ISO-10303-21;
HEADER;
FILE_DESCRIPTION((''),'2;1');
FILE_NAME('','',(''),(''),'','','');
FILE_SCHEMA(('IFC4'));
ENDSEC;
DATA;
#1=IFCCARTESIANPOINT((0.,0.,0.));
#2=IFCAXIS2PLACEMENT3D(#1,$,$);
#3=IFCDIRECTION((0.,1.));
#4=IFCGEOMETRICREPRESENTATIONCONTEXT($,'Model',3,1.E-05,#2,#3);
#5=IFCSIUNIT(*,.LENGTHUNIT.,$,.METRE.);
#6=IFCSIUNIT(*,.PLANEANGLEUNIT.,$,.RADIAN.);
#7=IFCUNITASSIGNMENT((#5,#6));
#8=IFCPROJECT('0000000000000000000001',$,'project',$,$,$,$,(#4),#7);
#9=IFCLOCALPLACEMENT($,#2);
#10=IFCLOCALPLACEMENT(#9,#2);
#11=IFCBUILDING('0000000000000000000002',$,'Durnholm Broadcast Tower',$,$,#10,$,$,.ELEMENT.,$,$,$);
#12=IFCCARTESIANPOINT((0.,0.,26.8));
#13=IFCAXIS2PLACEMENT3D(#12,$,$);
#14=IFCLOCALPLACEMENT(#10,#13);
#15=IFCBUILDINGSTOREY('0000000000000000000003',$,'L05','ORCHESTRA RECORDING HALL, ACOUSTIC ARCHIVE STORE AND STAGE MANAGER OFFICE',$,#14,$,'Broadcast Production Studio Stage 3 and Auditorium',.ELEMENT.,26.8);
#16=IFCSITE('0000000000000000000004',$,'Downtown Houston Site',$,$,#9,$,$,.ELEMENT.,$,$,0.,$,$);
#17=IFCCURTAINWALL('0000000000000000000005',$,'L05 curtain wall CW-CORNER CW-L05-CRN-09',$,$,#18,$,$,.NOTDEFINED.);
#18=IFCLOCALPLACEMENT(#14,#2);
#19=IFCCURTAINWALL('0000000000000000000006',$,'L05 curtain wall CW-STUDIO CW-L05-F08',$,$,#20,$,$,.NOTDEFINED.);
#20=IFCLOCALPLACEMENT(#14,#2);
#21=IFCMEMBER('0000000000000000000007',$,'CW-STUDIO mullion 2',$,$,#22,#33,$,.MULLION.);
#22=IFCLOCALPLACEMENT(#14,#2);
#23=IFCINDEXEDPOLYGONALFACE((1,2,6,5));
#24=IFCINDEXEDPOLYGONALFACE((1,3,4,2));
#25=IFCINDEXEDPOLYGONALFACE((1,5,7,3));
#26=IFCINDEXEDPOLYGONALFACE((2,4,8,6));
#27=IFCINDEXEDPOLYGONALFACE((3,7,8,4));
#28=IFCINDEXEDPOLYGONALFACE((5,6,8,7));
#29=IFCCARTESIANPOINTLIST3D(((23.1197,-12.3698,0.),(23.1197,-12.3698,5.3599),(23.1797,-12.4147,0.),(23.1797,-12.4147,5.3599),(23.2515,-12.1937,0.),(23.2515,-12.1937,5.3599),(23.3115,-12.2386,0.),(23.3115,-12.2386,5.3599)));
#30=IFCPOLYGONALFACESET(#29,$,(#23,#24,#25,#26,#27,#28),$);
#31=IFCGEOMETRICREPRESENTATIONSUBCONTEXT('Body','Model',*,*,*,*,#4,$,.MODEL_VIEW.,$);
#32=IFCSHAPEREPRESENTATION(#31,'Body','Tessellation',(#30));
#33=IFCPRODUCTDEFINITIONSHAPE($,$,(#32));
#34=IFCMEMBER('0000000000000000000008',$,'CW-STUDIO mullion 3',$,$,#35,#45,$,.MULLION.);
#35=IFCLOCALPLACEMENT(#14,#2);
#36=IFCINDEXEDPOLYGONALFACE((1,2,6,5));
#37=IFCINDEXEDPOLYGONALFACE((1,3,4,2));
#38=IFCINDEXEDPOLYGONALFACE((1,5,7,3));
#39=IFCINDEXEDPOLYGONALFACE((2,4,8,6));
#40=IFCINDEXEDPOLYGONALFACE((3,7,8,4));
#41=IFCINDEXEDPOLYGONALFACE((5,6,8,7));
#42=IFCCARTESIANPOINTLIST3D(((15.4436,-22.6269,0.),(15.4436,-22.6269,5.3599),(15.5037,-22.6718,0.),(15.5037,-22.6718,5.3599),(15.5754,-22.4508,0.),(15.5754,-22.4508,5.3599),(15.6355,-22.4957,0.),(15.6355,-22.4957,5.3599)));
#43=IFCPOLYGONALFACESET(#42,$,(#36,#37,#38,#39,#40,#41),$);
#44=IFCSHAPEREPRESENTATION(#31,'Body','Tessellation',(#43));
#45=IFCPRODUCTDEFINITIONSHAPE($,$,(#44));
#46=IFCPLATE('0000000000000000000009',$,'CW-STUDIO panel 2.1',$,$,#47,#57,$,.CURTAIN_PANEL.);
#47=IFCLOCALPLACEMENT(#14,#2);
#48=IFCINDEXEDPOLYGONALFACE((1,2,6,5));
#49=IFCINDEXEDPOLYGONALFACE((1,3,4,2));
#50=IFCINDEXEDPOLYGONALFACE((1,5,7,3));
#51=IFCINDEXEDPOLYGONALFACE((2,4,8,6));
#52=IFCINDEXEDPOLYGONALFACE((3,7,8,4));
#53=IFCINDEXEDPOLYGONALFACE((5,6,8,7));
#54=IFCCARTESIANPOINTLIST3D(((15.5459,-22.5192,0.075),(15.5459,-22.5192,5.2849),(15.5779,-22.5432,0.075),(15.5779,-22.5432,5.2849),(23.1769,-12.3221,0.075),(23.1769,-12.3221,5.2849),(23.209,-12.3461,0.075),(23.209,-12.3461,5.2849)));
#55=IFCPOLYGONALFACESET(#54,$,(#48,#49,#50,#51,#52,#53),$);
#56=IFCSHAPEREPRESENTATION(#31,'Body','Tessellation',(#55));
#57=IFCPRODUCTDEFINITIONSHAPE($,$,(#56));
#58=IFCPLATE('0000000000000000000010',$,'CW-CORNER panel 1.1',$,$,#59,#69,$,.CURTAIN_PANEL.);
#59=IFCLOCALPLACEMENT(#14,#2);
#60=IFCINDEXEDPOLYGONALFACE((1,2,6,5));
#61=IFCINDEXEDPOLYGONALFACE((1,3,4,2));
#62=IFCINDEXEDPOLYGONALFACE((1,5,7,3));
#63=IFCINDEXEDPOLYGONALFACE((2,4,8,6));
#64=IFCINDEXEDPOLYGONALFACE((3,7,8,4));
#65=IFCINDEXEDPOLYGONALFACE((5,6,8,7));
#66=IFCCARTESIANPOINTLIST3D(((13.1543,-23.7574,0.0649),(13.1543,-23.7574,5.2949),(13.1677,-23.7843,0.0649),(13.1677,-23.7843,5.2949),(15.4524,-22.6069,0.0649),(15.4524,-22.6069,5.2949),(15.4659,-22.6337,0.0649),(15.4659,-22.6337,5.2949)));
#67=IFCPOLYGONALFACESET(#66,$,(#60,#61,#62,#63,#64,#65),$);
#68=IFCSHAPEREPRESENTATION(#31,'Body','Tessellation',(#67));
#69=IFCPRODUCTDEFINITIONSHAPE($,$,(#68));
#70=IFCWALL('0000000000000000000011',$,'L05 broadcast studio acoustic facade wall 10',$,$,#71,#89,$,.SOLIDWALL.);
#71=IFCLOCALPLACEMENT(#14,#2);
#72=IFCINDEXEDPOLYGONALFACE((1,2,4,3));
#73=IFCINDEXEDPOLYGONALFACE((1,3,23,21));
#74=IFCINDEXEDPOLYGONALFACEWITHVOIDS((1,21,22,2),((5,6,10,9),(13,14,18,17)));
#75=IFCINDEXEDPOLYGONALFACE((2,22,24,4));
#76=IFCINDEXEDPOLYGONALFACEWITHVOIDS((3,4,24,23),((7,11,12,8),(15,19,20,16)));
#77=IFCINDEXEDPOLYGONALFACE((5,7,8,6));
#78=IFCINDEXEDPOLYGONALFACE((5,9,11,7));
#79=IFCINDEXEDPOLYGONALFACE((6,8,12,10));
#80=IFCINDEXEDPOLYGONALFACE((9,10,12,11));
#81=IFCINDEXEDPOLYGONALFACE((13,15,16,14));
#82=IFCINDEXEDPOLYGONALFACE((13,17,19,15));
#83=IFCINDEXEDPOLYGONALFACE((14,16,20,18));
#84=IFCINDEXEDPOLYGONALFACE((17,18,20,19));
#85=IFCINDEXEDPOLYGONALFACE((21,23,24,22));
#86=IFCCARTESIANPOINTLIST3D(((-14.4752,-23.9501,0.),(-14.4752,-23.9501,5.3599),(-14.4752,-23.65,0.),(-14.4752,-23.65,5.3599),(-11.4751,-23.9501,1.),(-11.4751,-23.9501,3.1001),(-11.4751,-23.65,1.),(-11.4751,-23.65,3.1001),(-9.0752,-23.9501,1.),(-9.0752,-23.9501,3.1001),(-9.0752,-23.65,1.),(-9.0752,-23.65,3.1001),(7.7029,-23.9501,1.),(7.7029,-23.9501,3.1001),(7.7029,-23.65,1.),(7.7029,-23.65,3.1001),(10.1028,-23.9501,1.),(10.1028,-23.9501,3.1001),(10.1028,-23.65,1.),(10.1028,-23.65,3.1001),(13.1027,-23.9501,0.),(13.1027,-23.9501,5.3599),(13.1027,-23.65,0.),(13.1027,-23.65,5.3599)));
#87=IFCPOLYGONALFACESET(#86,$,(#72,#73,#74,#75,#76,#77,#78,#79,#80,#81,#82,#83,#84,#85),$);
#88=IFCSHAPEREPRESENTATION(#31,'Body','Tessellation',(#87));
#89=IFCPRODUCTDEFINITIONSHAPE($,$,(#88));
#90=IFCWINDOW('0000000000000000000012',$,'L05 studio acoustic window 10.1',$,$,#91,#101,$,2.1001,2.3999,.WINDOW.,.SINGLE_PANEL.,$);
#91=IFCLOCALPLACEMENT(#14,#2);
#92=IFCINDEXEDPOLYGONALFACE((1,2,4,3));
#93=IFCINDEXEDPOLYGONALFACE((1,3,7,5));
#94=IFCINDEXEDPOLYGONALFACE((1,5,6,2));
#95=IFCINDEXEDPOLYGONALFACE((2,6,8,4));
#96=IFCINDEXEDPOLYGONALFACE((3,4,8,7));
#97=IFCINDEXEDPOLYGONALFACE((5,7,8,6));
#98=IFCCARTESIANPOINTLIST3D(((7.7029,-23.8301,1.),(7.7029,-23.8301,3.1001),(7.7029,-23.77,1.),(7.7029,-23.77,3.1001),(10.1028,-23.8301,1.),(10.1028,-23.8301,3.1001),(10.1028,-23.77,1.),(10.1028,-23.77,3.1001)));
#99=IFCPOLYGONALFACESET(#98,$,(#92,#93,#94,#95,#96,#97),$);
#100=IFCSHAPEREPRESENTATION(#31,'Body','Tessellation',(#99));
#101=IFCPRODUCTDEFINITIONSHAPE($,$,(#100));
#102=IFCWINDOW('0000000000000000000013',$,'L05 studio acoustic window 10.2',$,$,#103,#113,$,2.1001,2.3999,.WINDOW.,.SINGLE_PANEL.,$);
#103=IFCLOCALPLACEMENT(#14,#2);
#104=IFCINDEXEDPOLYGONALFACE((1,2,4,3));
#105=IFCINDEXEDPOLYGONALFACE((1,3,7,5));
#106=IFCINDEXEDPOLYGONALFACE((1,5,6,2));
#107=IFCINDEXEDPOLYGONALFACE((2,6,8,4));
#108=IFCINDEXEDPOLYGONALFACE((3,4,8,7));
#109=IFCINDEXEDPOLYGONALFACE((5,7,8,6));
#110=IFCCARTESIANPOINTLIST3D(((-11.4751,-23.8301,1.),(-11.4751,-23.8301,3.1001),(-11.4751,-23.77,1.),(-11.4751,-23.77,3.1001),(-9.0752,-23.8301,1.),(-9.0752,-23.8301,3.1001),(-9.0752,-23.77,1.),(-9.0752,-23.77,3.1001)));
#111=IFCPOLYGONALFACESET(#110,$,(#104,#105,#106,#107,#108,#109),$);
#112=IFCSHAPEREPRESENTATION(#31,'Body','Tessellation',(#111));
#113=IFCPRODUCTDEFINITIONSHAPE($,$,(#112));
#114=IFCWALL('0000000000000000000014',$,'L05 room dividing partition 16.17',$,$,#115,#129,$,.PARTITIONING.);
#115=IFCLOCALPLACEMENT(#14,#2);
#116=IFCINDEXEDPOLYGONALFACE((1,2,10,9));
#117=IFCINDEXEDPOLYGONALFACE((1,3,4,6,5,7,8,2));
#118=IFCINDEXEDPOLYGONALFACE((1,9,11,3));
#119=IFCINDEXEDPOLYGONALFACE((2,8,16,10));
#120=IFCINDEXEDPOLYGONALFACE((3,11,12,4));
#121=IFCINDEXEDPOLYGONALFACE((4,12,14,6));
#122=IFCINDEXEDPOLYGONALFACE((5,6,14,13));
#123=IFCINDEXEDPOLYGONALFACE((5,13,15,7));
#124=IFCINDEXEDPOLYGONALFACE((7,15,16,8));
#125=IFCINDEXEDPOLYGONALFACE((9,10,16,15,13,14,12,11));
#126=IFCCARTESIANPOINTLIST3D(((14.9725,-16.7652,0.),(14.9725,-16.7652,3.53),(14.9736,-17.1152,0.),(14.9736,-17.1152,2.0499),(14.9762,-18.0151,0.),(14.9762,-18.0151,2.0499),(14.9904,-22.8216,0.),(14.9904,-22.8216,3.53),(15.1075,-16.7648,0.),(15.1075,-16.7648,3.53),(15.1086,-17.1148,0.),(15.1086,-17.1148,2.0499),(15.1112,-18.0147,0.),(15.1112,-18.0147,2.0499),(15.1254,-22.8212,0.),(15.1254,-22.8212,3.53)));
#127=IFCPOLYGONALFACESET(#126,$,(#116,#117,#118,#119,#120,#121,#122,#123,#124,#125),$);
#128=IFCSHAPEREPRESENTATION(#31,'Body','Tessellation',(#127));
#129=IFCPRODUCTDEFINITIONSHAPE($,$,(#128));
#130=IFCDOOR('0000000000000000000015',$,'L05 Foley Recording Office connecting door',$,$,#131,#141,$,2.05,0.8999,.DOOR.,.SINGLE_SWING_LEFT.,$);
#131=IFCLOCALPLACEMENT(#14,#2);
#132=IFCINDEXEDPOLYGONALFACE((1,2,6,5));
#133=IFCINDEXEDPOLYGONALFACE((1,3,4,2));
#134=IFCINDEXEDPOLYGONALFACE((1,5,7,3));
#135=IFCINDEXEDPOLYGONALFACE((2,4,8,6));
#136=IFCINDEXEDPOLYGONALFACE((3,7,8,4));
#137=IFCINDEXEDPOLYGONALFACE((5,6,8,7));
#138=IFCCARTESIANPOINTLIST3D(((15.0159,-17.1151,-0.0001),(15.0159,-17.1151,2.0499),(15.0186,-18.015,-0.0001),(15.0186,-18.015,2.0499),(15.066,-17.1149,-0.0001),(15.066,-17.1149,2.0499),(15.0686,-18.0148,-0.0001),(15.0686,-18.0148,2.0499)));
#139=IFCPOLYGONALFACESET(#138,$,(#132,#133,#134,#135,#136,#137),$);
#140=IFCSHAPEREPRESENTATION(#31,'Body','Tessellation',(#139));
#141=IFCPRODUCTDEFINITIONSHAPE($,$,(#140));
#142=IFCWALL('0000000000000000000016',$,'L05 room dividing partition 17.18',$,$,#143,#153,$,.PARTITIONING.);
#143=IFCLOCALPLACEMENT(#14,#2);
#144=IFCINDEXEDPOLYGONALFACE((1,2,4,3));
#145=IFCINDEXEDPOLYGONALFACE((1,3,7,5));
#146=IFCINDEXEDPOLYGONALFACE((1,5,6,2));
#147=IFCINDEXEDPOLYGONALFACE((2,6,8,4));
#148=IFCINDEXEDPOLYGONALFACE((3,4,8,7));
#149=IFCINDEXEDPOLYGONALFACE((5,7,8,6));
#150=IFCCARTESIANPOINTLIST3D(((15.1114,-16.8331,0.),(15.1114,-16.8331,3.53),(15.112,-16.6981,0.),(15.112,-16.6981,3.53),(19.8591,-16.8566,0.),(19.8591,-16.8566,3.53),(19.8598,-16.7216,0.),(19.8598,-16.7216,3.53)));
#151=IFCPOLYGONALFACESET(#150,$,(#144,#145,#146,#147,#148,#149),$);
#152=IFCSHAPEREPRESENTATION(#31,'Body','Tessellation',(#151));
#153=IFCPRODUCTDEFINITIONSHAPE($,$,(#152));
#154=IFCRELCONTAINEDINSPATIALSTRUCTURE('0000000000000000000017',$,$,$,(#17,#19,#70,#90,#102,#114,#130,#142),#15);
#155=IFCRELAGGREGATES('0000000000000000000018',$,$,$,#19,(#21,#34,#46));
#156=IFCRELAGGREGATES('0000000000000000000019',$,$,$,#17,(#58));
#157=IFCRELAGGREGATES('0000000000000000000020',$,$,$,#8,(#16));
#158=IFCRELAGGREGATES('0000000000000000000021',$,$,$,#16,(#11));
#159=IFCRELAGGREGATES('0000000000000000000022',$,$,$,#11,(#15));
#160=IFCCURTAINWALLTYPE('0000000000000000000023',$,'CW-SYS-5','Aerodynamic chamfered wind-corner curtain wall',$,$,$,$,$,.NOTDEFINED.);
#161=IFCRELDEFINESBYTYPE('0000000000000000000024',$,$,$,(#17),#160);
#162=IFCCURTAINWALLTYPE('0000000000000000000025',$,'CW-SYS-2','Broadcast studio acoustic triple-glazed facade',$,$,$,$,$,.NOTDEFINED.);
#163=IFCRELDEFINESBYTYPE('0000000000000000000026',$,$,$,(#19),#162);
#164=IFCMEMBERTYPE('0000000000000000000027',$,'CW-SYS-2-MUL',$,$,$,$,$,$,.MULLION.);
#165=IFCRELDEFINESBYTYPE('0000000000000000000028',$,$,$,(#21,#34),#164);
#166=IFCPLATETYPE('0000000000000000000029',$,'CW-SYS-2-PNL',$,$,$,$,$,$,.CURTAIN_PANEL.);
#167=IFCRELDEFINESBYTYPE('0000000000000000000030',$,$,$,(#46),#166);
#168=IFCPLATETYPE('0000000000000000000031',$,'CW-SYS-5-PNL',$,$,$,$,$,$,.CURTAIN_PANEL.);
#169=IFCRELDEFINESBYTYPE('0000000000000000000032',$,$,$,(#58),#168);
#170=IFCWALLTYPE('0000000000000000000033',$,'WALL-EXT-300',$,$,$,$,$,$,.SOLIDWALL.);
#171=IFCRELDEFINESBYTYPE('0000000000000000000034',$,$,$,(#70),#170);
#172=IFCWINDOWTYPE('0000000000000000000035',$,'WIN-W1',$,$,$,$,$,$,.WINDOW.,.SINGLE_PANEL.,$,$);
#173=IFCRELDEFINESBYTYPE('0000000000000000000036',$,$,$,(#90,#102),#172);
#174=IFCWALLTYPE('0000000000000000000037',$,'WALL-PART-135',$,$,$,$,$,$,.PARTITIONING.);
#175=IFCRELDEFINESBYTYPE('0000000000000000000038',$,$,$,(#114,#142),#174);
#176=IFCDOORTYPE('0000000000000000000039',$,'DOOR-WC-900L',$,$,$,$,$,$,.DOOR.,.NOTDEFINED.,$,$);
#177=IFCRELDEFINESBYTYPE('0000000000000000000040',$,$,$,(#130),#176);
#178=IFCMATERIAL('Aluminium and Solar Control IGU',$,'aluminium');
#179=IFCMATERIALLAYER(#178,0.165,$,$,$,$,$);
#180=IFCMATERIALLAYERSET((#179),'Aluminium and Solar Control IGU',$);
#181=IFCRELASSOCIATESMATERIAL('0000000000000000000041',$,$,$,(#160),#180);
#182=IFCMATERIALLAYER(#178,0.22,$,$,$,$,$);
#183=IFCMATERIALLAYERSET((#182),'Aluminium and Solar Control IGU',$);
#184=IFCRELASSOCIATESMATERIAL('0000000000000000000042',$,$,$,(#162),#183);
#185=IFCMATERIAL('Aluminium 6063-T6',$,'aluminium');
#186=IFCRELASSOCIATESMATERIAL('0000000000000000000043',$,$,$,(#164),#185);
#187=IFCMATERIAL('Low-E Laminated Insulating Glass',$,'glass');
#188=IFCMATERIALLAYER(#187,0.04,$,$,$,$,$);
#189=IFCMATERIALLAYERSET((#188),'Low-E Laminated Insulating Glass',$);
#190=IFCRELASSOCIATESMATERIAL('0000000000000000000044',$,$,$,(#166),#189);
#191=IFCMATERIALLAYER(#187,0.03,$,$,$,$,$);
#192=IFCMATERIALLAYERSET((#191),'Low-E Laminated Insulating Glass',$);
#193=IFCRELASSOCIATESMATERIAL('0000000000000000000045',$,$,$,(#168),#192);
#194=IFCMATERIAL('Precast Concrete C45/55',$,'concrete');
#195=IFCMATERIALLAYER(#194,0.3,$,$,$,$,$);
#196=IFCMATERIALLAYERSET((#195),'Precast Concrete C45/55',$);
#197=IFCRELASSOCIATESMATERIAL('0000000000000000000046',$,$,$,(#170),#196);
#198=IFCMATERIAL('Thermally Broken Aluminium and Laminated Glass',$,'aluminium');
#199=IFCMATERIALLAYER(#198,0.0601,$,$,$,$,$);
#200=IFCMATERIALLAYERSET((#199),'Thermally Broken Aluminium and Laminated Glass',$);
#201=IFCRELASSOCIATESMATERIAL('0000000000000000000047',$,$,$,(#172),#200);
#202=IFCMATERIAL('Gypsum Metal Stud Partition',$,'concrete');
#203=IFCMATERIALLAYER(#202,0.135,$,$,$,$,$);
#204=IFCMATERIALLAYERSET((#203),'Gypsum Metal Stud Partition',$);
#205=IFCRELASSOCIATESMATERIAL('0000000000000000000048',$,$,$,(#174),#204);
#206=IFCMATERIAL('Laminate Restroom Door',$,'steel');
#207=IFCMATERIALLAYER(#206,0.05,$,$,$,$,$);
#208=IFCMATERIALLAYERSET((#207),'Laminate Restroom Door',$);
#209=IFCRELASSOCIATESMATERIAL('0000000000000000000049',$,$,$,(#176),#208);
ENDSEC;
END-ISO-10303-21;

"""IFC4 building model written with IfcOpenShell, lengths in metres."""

from ifc_helpers import new_model, si_unit, direction, frame, frame_2d, origin, origin_2d, place, context, subcontext, project, spatial, rectangle, extrude, source, transform, mapped, material, layer, layer_set, material_profile, profile_set, type_object, type_shapes, element, fill, aggregate, save


model = new_model("IFC4")

# Units and contexts
model_context = context("Model", 3, precision=1e-05, world=origin(), true_north=direction((0.0, 1.0)))
body_context = subcontext(model_context, "Body", "Model", "MODEL_VIEW")
ifc_project = project(units=[si_unit("LENGTHUNIT", "METRE"), si_unit("PLANEANGLEUNIT", "RADIAN")], contexts=[model_context])

# Site, building, storey
site_placement = place(None, origin())
site = spatial("IfcSite", under=ifc_project, at=site_placement, Name="Downtown Houston Site", CompositionType="ELEMENT", RefElevation=0.0)
building_placement = place(site_placement, origin())
building = spatial("IfcBuilding", under=site, at=building_placement, Name="Durnholm Broadcast Tower", CompositionType="ELEMENT")
storey_placement = place(building_placement, frame((0.0, 0.0, 26.8)))
storey = spatial("IfcBuildingStorey", under=building, at=storey_placement, Name="L05", Description="ORCHESTRA RECORDING HALL, ACOUSTIC ARCHIVE STORE AND STAGE MANAGER OFFICE", LongName="Broadcast Production Studio Stage 3 and Auditorium", CompositionType="ELEMENT", Elevation=26.8)

# Curtain walls
ifc_material_1 = material(Name="Aluminium and Solar Control IGU", Category="aluminium")
ifc_layer_1 = layer(ifc_material_1, 0.165)
ifc_layer_set_1 = layer_set([ifc_layer_1], Name="Aluminium and Solar Control IGU")
curtain_wall_type_1 = type_object("IfcCurtainWallType", Name="CW-SYS-5", Description="Aerodynamic chamfered wind-corner curtain wall", PredefinedType="NOTDEFINED", material=ifc_layer_set_1)
curtain_wall_1_placement = place(storey_placement, origin())
curtain_wall_1 = element("IfcCurtainWall", 1, at=curtain_wall_1_placement, inside=storey, type_object=curtain_wall_type_1, Name="L05 curtain wall CW-CORNER CW-L05-CRN-09", PredefinedType="NOTDEFINED")
ifc_material_2 = material(Name="Aluminium 6063-T6", Category="aluminium")
ifc_layer_2 = layer(ifc_material_1, 0.22)
ifc_layer_set_2 = layer_set([ifc_layer_2], Name="Aluminium and Solar Control IGU")
curtain_wall_type_2 = type_object("IfcCurtainWallType", Name="CW-SYS-2", Description="Broadcast studio acoustic triple-glazed facade", PredefinedType="NOTDEFINED", material=ifc_layer_set_2)
curtain_wall_2_placement = place(storey_placement, origin())
curtain_wall_2 = element("IfcCurtainWall", 2, at=curtain_wall_2_placement, inside=storey, type_object=curtain_wall_type_2, Name="L05 curtain wall CW-STUDIO CW-L05-F08", PredefinedType="NOTDEFINED")

# Members
ifc_material_profile_1 = material_profile(ifc_material_2, rectangle(XDim=0.075, YDim=0.22, at=origin_2d()), Name="CWM75X220")
ifc_profile_set_1 = profile_set([ifc_material_profile_1], Name="Aluminium 6063-T6")
member_type_1 = type_object("IfcMemberType", Name="CW-SYS-2-MUL", PredefinedType="MULLION", material=ifc_profile_set_1)
shared_shape_1 = source(origin(), body_context, "Body", "SweptSolid", [
    extrude(rectangle(XDim=0.075, YDim=0.22, at=origin_2d()), origin(), (0.0, 0.0, 1.0), 5.3599),
])
type_shapes(member_type_1, [shared_shape_1])
member_1_placement = place(storey_placement, frame((23.2156, -12.3042, 0.0), z_axis=(0.0, 0.0, 1.0), x_axis=(0.800632, -0.599157, 0.0)))
member_1 = element("IfcMember", 3, at=member_1_placement, type_object=member_type_1, Name="CW-STUDIO mullion 2", PredefinedType="MULLION", context=body_context, shape_type="MappedRepresentation", body=[
    mapped(shared_shape_1, transform((0.0, 0.0, 0.0), x_axis=(1.0, 0.0, 0.0), y_axis=(0.0, 1.0, 0.0), z_axis=(0.0, 0.0, 1.0), scale=1.0)),
])
member_2_placement = place(storey_placement, frame((15.5396, -22.5613, 0.0), z_axis=(0.0, 0.0, 1.0), x_axis=(0.800632, -0.599157, 0.0)))
member_2 = element("IfcMember", 4, at=member_2_placement, type_object=member_type_1, Name="CW-STUDIO mullion 3", PredefinedType="MULLION", context=body_context, shape_type="MappedRepresentation", body=[
    mapped(shared_shape_1, transform((0.0, 0.0, 0.0), x_axis=(1.0, 0.0, 0.0), y_axis=(0.0, 1.0, 0.0), z_axis=(0.0, 0.0, 1.0), scale=1.0)),
])

# Plates
ifc_material_3 = material(Name="Low-E Laminated Insulating Glass", Category="glass")
ifc_layer_3 = layer(ifc_material_3, 0.04)
ifc_layer_set_3 = layer_set([ifc_layer_3], Name="Low-E Laminated Insulating Glass")
plate_type_1 = type_object("IfcPlateType", Name="CW-SYS-2-PNL", PredefinedType="CURTAIN_PANEL", material=ifc_layer_set_3)
shared_shape_2 = source(origin(), body_context, "Body", "SweptSolid", [
    extrude(rectangle(XDim=12.7363, YDim=0.04, at=origin_2d()), origin(), (0.0, 0.0, 1.0), 5.21),
])
type_shapes(plate_type_1, [shared_shape_2])
plate_1_placement = place(storey_placement, frame((19.3774, -17.4326, 0.075), z_axis=(0.0, 0.0, 1.0), x_axis=(-0.599157, -0.800632, 0.0)))
plate_1 = element("IfcPlate", 5, at=plate_1_placement, type_object=plate_type_1, Name="CW-STUDIO panel 2.1", PredefinedType="CURTAIN_PANEL", context=body_context, shape_type="MappedRepresentation", body=[
    mapped(shared_shape_2, transform((0.0, 0.0, 0.0), x_axis=(1.0, 0.0, 0.0), y_axis=(0.0, 1.0, 0.0), z_axis=(0.0, 0.0, 1.0), scale=1.0)),
])
aggregate(curtain_wall_2, [member_1, member_2, plate_1])
ifc_layer_4 = layer(ifc_material_3, 0.03)
ifc_layer_set_4 = layer_set([ifc_layer_4], Name="Low-E Laminated Insulating Glass")
plate_type_2 = type_object("IfcPlateType", Name="CW-SYS-5-PNL", PredefinedType="CURTAIN_PANEL", material=ifc_layer_set_4)
shared_shape_3 = source(origin(), body_context, "Body", "SweptSolid", [
    extrude(rectangle(XDim=2.5701, YDim=0.03, at=origin_2d()), origin(), (0.0, 0.0, 1.0), 5.23),
])
type_shapes(plate_type_2, [shared_shape_3])
plate_2_placement = place(storey_placement, frame((14.3101, -23.1956, 0.0649), z_axis=(0.0, 0.0, 1.0), x_axis=(-0.894197, -0.447673, 0.0)))
plate_2 = element("IfcPlate", 6, at=plate_2_placement, type_object=plate_type_2, Name="CW-CORNER panel 1.1", PredefinedType="CURTAIN_PANEL", context=body_context, shape_type="MappedRepresentation", body=[
    mapped(shared_shape_3, transform((0.0, 0.0, 0.0), x_axis=(1.0, 0.0, 0.0), y_axis=(0.0, 1.0, 0.0), z_axis=(0.0, 0.0, 1.0), scale=1.0)),
])
aggregate(curtain_wall_1, [plate_2])

# Wall, openings, windows
ifc_material_4 = material(Name="Precast Concrete C45/55", Category="concrete")
ifc_layer_5 = layer(ifc_material_4, 0.3)
ifc_layer_set_5 = layer_set([ifc_layer_5], Name="Precast Concrete C45/55")
wall_type_1 = type_object("IfcWallType", Name="WALL-EXT-300", PredefinedType="SOLIDWALL", material=ifc_layer_set_5)
wall_1_placement = place(storey_placement, frame((13.1028, -23.8, 0.0), z_axis=(0.0, 0.0, 1.0), x_axis=(-1.0, 0.0, 0.0)))
wall_1 = element("IfcWall", 7, at=wall_1_placement, inside=storey, type_object=wall_type_1, Name="L05 broadcast studio acoustic facade wall 10", PredefinedType="SOLIDWALL", context=body_context, shape_type="SweptSolid", body=[
    extrude(rectangle(XDim=27.5779, YDim=0.3, at=frame_2d((13.7891, 0.0))), origin(), (0.0, 0.0, 1.0), 5.3599),
])
opening_1_placement = place(wall_1_placement, frame((3.0, 0.0, 1.0)))
opening_1 = element("IfcOpeningElement", 8, at=opening_1_placement, cuts=wall_1, PredefinedType="OPENING", context=body_context, shape_type="SweptSolid", body=[
    extrude(rectangle(XDim=2.3999, YDim=2.1001, at=frame_2d((1.2, 1.05))), frame((0.0, 0.1602, 0.0), z_axis=(0.0, -1.0, 0.0), x_axis=(1.0, 0.0, 0.0)), (0.0, 0.0, 1.0), 0.3201),
])
opening_2_placement = place(wall_1_placement, frame((22.178, 0.0, 1.0)))
opening_2 = element("IfcOpeningElement", 9, at=opening_2_placement, cuts=wall_1, PredefinedType="OPENING", context=body_context, shape_type="SweptSolid", body=[
    extrude(rectangle(XDim=2.3999, YDim=2.1001, at=frame_2d((1.2, 1.05))), frame((0.0, 0.1602, 0.0), z_axis=(0.0, -1.0, 0.0), x_axis=(1.0, 0.0, 0.0)), (0.0, 0.0, 1.0), 0.3201),
])
ifc_material_5 = material(Name="Thermally Broken Aluminium and Laminated Glass", Category="aluminium")
ifc_layer_6 = layer(ifc_material_5, 0.0601)
ifc_layer_set_6 = layer_set([ifc_layer_6], Name="Thermally Broken Aluminium and Laminated Glass")
window_type = type_object("IfcWindowType", Name="WIN-W1", PartitioningType="SINGLE_PANEL", PredefinedType="WINDOW", material=ifc_layer_set_6)
shared_shape_4 = source(origin(), body_context, "Body", "SweptSolid", [
    extrude(rectangle(XDim=2.3999, YDim=2.1001, at=frame_2d((1.2, 1.05))), frame((0.0, 0.03, 0.0), z_axis=(0.0, -1.0, 0.0), x_axis=(1.0, 0.0, 0.0)), (0.0, 0.0, 1.0), 0.0601),
])
type_shapes(window_type, [shared_shape_4])
window_1_placement = place(opening_1_placement, origin())
window_1 = element("IfcWindow", 10, at=window_1_placement, inside=storey, type_object=window_type, Name="L05 studio acoustic window 10.1", OverallHeight=2.1001, OverallWidth=2.3999, PartitioningType="SINGLE_PANEL", PredefinedType="WINDOW", context=body_context, shape_type="MappedRepresentation", body=[
    mapped(shared_shape_4, transform((0.0, 0.0, 0.0), x_axis=(1.0, 0.0, 0.0), y_axis=(0.0, 1.0, 0.0), z_axis=(0.0, 0.0, 1.0), scale=1.0)),
])
fill(opening_1, window_1)
window_2_placement = place(opening_2_placement, origin())
window_2 = element("IfcWindow", 11, at=window_2_placement, inside=storey, type_object=window_type, Name="L05 studio acoustic window 10.2", OverallHeight=2.1001, OverallWidth=2.3999, PartitioningType="SINGLE_PANEL", PredefinedType="WINDOW", context=body_context, shape_type="MappedRepresentation", body=[
    mapped(shared_shape_4, transform((0.0, 0.0, 0.0), x_axis=(1.0, 0.0, 0.0), y_axis=(0.0, 1.0, 0.0), z_axis=(0.0, 0.0, 1.0), scale=1.0)),
])
fill(opening_2, window_2)

# Wall, opening, door
ifc_material_6 = material(Name="Gypsum Metal Stud Partition", Category="concrete")
ifc_layer_7 = layer(ifc_material_6, 0.135)
ifc_layer_set_7 = layer_set([ifc_layer_7], Name="Gypsum Metal Stud Partition")
wall_type_2 = type_object("IfcWallType", Name="WALL-PART-135", PredefinedType="PARTITIONING", material=ifc_layer_set_7)
wall_2_placement = place(storey_placement, frame((15.04, -16.7649, 0.0), z_axis=(0.0, 0.0, 1.0), x_axis=(0.002943, -0.999996, 0.0)))
wall_2 = element("IfcWall", 12, at=wall_2_placement, inside=storey, type_object=wall_type_2, Name="L05 room dividing partition 16.17", PredefinedType="PARTITIONING", context=body_context, shape_type="SweptSolid", body=[
    extrude(rectangle(XDim=6.0564, YDim=0.135, at=frame_2d((3.0283, 0.0))), origin(), (0.0, 0.0, 1.0), 3.53),
])
opening_3_placement = place(wall_2_placement, frame((0.3501, 0.0, 0.0)))
opening_3 = element("IfcOpeningElement", 13, at=opening_3_placement, cuts=wall_2, PredefinedType="OPENING", context=body_context, shape_type="SweptSolid", body=[
    extrude(rectangle(XDim=0.8999, YDim=2.05, at=frame_2d((0.45, 1.0249))), frame((0.0, 0.0776, 0.0), z_axis=(0.0, -1.0, 0.0), x_axis=(1.0, 0.0, 0.0)), (0.0, 0.0, 1.0), 0.155),
])
ifc_material_7 = material(Name="Laminate Restroom Door", Category="steel")
ifc_layer_8 = layer(ifc_material_7, 0.05)
ifc_layer_set_8 = layer_set([ifc_layer_8], Name="Laminate Restroom Door")
door_type = type_object("IfcDoorType", Name="DOOR-WC-900L", OperationType="NOTDEFINED", PredefinedType="DOOR", material=ifc_layer_set_8)
shared_shape_5 = source(origin(), body_context, "Body", "SweptSolid", [
    extrude(rectangle(XDim=0.8999, YDim=2.05, at=frame_2d((0.45, 1.0249))), frame((0.0, 0.0249, 0.0), z_axis=(0.0, -1.0, 0.0), x_axis=(1.0, 0.0, 0.0)), (0.0, 0.0, 1.0), 0.05),
])
type_shapes(door_type, [shared_shape_5])
door_placement = place(opening_3_placement, origin())
door = element("IfcDoor", 14, at=door_placement, inside=storey, type_object=door_type, Name="L05 Foley Recording Office connecting door", OperationType="SINGLE_SWING_LEFT", OverallHeight=2.05, OverallWidth=0.8999, PredefinedType="DOOR", context=body_context, shape_type="MappedRepresentation", body=[
    mapped(shared_shape_5, transform((0.0, 0.0, 0.0), x_axis=(1.0, 0.0, 0.0), y_axis=(0.0, 1.0, 0.0), z_axis=(0.0, 0.0, 1.0), scale=1.0)),
])
fill(opening_3, door)

# Wall
wall_3_placement = place(storey_placement, frame((15.1116, -16.7656, 0.0), z_axis=(0.0, 0.0, 1.0), x_axis=(0.999988, -0.004936, 0.0)))
element("IfcWall", 15, at=wall_3_placement, inside=storey, type_object=wall_type_2, Name="L05 room dividing partition 17.18", PredefinedType="PARTITIONING", context=body_context, shape_type="SweptSolid", body=[
    extrude(rectangle(XDim=4.7478, YDim=0.135, at=frame_2d((2.374, 0.0))), origin(), (0.0, 0.0, 1.0), 3.53),
])

save(model, "model.ifc")
